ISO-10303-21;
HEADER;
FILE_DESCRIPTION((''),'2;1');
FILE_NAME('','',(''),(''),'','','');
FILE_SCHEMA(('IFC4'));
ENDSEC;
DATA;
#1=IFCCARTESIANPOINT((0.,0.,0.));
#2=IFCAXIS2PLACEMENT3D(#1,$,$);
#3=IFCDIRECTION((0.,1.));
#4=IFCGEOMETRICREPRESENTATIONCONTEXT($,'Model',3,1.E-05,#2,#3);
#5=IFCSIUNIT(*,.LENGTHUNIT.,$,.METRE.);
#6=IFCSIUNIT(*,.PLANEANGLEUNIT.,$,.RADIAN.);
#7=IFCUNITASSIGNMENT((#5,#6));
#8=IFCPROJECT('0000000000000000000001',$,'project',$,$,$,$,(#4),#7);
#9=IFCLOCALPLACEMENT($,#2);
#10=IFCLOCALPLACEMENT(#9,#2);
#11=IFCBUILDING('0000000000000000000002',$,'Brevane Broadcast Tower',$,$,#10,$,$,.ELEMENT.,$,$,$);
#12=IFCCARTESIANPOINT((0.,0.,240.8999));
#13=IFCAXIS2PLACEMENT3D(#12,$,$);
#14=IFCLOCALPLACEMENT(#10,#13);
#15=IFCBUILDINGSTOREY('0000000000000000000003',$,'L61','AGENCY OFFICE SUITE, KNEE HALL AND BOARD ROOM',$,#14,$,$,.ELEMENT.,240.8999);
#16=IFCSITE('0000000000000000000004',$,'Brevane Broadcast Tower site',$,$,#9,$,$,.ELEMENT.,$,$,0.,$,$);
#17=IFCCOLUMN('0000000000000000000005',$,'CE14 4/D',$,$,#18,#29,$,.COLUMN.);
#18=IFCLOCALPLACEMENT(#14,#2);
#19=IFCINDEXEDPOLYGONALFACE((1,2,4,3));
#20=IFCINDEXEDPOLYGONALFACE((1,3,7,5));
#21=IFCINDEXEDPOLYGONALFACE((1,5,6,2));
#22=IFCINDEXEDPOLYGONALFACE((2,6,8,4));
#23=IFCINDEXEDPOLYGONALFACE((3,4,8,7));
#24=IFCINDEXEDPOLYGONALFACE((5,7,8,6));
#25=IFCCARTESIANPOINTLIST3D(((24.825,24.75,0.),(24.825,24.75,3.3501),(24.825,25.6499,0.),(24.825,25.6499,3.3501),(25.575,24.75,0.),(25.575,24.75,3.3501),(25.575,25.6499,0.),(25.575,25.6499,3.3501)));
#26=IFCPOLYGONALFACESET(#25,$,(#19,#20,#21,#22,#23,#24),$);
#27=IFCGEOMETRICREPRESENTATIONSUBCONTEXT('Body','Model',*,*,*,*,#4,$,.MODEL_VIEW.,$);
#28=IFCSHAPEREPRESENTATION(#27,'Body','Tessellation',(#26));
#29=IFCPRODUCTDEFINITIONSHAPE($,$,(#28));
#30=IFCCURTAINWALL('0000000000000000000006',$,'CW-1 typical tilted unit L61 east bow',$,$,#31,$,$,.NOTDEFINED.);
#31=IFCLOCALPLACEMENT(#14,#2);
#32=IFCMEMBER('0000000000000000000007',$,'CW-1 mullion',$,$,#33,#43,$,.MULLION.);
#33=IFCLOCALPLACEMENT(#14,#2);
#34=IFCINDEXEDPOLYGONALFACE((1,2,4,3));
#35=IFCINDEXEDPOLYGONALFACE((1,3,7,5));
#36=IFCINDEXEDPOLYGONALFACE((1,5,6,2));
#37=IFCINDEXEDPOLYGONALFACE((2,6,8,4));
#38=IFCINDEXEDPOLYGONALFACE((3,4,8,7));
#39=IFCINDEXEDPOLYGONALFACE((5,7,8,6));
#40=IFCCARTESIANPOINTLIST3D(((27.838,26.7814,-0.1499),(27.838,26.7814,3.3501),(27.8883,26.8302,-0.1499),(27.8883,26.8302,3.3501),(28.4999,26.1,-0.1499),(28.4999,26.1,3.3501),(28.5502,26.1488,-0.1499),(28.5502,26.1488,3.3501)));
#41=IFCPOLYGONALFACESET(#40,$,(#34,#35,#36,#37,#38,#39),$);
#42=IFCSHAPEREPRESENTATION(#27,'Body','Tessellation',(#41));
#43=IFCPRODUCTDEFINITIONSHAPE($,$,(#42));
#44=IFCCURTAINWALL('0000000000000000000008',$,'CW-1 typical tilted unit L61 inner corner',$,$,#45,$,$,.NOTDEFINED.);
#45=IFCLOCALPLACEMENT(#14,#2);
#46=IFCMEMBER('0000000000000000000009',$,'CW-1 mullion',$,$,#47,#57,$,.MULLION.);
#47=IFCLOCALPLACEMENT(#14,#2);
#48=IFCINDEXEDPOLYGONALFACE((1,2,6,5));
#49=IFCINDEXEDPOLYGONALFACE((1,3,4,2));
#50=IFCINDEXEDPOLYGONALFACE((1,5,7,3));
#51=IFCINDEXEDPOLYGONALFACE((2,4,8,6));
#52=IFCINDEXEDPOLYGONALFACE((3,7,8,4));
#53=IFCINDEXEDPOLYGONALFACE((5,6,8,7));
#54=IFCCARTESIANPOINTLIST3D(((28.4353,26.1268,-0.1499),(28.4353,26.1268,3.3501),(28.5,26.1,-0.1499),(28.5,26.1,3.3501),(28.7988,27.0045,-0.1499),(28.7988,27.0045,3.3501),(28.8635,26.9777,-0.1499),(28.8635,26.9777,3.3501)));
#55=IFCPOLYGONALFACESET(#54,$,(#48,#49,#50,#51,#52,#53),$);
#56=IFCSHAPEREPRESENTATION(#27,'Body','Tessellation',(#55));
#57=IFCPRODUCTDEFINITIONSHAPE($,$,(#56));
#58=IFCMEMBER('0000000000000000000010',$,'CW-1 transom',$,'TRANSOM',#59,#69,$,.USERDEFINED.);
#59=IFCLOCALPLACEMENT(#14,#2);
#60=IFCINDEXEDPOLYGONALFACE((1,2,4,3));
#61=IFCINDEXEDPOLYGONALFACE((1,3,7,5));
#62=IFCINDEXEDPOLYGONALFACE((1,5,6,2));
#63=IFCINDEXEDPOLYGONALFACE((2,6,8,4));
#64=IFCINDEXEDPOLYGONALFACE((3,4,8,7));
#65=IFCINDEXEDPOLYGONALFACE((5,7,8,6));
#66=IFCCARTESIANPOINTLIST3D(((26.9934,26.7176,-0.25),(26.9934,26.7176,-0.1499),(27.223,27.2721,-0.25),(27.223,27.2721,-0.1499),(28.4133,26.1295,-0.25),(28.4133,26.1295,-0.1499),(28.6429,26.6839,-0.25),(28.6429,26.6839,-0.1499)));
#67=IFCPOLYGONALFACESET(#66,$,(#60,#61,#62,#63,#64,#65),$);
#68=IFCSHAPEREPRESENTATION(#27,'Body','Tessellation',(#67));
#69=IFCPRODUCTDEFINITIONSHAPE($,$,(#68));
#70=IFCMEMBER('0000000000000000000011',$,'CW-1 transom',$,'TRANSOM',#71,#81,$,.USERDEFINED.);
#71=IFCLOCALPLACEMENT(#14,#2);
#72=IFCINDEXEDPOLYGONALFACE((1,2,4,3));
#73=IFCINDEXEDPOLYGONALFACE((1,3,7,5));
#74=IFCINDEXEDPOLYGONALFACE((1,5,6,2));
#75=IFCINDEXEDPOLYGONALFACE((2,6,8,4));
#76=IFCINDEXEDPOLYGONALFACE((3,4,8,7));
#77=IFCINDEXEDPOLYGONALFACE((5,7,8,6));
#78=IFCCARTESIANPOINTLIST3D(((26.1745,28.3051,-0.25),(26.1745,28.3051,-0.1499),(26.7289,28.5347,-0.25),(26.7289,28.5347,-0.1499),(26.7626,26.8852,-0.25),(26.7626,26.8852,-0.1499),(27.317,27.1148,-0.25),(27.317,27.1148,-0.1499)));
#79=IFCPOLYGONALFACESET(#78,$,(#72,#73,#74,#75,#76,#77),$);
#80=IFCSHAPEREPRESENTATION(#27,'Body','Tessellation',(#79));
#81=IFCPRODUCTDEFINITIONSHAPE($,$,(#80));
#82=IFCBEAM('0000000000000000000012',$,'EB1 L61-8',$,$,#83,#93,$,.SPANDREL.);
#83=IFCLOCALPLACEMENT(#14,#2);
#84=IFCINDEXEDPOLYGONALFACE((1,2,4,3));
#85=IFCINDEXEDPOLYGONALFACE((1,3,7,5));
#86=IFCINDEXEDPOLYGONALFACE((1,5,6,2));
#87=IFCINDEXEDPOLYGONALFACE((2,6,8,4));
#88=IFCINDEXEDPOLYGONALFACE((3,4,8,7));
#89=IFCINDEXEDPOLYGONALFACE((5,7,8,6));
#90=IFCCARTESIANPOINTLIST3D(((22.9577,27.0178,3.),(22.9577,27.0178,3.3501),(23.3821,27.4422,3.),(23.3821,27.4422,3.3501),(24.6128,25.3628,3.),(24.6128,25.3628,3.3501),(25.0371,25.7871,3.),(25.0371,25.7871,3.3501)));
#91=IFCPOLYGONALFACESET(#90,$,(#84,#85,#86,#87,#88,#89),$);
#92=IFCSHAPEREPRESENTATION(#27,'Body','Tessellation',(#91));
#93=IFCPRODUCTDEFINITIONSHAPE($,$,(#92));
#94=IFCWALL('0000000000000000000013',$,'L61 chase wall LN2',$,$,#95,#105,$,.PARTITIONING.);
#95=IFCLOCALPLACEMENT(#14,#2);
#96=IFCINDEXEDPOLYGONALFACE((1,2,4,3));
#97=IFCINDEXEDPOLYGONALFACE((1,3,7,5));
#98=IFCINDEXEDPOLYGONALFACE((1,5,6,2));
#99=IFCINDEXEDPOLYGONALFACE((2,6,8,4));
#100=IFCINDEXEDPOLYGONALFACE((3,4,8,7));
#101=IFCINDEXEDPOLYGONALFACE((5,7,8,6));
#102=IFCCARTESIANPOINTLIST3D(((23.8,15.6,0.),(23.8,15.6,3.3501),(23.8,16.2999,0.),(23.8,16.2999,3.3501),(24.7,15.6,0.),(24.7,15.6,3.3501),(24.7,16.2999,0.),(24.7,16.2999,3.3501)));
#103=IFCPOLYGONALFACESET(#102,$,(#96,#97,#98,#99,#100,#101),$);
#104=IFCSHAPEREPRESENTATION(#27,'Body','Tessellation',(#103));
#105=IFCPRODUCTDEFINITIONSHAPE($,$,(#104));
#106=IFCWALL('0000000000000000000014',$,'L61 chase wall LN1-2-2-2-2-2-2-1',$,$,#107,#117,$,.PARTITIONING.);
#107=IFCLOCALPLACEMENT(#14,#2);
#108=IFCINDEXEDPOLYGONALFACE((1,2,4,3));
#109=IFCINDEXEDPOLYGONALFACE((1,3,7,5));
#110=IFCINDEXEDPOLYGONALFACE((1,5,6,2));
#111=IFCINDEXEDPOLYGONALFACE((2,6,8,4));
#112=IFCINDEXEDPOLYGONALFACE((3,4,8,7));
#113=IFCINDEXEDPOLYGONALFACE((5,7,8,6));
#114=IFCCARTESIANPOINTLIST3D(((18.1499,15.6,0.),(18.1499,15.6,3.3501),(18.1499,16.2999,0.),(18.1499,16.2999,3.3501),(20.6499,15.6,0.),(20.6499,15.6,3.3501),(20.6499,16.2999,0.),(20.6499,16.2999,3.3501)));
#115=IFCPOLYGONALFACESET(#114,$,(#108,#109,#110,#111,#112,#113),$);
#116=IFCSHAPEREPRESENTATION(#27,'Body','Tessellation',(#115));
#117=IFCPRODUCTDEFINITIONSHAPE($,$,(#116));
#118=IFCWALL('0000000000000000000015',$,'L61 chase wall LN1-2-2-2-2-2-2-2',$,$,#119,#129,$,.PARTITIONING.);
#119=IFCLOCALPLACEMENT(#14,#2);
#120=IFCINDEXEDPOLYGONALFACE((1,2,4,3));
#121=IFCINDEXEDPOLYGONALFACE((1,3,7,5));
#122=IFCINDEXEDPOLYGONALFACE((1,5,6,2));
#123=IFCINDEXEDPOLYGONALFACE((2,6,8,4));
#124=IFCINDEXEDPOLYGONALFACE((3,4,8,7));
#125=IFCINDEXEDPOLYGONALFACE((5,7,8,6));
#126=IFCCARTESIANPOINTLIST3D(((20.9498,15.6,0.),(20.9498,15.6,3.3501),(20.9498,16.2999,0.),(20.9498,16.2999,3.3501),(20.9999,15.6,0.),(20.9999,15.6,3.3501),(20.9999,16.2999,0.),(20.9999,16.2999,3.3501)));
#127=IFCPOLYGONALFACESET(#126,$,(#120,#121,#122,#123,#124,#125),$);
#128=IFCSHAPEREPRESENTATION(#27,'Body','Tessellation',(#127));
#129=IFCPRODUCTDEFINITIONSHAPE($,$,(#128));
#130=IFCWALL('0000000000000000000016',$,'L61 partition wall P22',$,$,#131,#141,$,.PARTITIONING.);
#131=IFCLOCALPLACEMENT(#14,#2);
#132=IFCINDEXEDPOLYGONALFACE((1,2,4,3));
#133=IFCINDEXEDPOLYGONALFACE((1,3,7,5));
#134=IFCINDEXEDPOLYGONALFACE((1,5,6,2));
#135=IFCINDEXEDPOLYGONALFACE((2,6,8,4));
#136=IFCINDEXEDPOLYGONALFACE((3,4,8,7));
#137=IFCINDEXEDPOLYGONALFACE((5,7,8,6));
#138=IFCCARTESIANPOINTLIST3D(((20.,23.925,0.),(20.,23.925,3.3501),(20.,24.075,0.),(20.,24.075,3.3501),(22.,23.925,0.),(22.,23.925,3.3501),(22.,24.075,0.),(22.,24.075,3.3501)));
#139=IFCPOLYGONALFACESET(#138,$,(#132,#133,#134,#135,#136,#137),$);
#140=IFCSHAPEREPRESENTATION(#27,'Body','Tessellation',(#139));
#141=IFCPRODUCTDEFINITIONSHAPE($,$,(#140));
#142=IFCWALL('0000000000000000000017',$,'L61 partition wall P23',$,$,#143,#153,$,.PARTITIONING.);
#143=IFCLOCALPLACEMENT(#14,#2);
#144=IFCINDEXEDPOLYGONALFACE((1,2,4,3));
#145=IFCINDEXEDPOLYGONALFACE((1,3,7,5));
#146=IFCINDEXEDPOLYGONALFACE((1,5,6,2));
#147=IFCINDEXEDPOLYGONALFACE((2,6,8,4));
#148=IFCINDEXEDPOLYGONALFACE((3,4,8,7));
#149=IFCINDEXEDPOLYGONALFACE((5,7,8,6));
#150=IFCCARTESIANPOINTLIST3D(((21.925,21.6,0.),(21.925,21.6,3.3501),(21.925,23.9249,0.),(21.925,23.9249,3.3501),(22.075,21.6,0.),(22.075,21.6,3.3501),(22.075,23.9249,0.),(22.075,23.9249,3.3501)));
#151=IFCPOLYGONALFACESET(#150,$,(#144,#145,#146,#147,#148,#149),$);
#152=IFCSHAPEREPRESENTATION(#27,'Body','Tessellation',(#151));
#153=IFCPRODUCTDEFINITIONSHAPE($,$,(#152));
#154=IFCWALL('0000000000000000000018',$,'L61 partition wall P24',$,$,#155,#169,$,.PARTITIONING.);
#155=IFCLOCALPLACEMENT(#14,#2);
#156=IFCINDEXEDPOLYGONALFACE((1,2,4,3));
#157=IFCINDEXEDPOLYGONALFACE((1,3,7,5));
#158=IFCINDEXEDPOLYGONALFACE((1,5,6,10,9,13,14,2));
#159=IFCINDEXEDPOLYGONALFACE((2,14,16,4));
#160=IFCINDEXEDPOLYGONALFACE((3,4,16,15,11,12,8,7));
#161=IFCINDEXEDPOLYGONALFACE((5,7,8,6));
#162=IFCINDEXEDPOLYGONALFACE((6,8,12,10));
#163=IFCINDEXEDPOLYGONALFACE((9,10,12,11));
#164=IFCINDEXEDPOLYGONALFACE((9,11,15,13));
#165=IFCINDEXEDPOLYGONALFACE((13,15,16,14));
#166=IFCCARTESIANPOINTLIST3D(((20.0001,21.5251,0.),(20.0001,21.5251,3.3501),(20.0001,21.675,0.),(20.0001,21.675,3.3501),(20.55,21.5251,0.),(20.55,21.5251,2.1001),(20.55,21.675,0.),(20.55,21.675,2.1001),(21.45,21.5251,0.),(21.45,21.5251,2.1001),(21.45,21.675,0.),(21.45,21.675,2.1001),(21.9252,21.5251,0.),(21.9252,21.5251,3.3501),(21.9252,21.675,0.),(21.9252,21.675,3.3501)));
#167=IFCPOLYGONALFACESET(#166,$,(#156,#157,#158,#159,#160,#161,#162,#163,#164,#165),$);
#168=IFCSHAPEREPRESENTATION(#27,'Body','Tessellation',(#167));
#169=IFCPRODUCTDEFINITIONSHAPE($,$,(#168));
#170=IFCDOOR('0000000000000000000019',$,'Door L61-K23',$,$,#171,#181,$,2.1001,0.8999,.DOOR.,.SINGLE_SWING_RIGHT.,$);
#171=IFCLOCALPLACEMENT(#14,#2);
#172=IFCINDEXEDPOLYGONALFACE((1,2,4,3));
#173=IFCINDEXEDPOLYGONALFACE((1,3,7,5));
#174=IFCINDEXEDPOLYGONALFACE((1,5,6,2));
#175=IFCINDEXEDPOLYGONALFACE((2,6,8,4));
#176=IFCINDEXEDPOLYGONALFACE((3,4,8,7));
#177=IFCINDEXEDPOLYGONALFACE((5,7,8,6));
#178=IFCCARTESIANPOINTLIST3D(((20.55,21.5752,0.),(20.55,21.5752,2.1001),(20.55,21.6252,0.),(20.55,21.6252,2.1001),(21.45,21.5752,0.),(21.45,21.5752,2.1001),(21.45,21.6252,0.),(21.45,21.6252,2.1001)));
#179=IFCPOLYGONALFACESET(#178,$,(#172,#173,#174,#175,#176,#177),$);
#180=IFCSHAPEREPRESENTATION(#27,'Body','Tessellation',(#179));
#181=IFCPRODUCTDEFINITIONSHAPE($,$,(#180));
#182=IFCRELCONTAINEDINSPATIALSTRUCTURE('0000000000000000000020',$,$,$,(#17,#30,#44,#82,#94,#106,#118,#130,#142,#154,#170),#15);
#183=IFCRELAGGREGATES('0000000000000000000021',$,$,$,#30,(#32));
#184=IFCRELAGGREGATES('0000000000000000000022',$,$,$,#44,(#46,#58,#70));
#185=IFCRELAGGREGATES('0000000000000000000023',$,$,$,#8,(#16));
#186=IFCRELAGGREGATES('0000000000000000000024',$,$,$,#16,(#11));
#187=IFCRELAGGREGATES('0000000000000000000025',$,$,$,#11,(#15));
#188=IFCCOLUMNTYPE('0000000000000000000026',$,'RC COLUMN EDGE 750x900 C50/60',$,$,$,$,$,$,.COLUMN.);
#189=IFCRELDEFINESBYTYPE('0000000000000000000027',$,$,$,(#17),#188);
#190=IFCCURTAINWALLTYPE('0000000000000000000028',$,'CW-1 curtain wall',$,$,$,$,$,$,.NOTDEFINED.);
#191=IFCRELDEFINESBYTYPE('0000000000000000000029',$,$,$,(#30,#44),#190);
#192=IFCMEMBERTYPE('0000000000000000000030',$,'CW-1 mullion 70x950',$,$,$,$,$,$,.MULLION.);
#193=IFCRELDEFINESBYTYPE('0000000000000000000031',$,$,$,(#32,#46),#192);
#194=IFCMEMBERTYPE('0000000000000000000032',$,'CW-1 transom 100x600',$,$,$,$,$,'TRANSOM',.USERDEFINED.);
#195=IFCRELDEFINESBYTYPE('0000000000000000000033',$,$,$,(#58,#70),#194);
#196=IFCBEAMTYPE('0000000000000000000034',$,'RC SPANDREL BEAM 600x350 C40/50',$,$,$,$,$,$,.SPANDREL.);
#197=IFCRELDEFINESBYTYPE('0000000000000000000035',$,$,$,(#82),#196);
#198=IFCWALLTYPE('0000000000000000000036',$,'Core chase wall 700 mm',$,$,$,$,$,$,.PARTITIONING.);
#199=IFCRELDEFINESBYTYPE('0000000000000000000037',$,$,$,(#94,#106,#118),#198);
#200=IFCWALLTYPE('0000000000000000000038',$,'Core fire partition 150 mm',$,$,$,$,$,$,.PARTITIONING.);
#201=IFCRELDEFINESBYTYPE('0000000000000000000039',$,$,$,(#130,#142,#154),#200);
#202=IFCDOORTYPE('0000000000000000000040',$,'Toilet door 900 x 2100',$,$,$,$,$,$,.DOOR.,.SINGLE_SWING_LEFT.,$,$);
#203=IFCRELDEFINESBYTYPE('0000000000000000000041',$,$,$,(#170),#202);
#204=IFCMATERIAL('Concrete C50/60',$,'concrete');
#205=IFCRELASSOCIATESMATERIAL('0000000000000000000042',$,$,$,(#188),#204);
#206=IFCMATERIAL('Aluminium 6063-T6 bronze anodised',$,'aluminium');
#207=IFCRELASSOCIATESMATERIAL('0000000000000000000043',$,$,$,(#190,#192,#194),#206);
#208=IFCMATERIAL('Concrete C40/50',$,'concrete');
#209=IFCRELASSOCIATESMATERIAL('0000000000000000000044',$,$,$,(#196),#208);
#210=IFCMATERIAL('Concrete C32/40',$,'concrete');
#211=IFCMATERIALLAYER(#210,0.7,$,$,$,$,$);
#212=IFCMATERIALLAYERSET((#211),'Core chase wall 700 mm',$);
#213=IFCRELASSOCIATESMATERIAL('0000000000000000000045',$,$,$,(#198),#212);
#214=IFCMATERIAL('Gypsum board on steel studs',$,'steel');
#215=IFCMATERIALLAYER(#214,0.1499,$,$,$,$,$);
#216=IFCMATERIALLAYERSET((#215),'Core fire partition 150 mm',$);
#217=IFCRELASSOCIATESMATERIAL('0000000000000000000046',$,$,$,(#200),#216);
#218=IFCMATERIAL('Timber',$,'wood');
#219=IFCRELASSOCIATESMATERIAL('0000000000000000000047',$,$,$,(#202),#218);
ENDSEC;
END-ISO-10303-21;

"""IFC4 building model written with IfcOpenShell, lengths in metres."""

from ifc_helpers import new_model, si_unit, direction, frame, frame_2d, origin, origin_2d, place, context, subcontext, project, spatial, rectangle, extrude, material, layer, layer_set, material_profile, profile_set, type_object, element, fill, aggregate, save


model = new_model("IFC4")

# Units and contexts
model_context = context("Model", 3, precision=1e-05, world=origin(), true_north=direction((0.0, 1.0)))
body_context = subcontext(model_context, "Body", "Model", "MODEL_VIEW")
ifc_project = project(units=[si_unit("LENGTHUNIT", "METRE"), si_unit("PLANEANGLEUNIT", "RADIAN")], contexts=[model_context])

# Site, building, storey
site_placement = place(None, origin())
site = spatial("IfcSite", under=ifc_project, at=site_placement, Name="Brevane Broadcast Tower site", CompositionType="ELEMENT", RefElevation=0.0)
building_placement = place(site_placement, origin())
building = spatial("IfcBuilding", under=site, at=building_placement, Name="Brevane Broadcast Tower", CompositionType="ELEMENT")
storey_placement = place(building_placement, frame((0.0, 0.0, 240.8999)))
storey = spatial("IfcBuildingStorey", under=building, at=storey_placement, Name="L61", Description="AGENCY OFFICE SUITE, KNEE HALL AND BOARD ROOM", CompositionType="ELEMENT", Elevation=240.8999)

# Column
ifc_material_1 = material(Name="Concrete C50/60", Category="concrete")
ifc_material_profile_1 = material_profile(ifc_material_1, rectangle(XDim=0.75, YDim=0.8999, at=origin_2d()), Name="RC 750x900")
ifc_profile_set_1 = profile_set([ifc_material_profile_1], Name="Concrete C50/60")
column_type = type_object("IfcColumnType", Name="RC COLUMN EDGE 750x900 C50/60", PredefinedType="COLUMN", material=ifc_profile_set_1)
column_placement = place(storey_placement, frame((25.2, 25.2, 0.0), z_axis=(0.0, 0.0, 1.0), x_axis=(1.0, 0.0, 0.0)))
element("IfcColumn", 1, at=column_placement, inside=storey, type_object=column_type, Name="CE14 4/D", PredefinedType="COLUMN", context=body_context, shape_type="SweptSolid", body=[
    extrude(rectangle(XDim=0.75, YDim=0.8999, at=origin_2d()), origin(), (0.0, 0.0, 1.0), 3.3501),
])

# Curtain wall, member
ifc_material_2 = material(Name="Aluminium 6063-T6 bronze anodised", Category="aluminium")
curtain_wall_type = type_object("IfcCurtainWallType", Name="CW-1 curtain wall", PredefinedType="NOTDEFINED", material=ifc_material_2)
curtain_wall_1_placement = place(storey_placement, origin())
curtain_wall_1 = element("IfcCurtainWall", 2, at=curtain_wall_1_placement, inside=storey, type_object=curtain_wall_type, Name="CW-1 typical tilted unit L61 east bow", PredefinedType="NOTDEFINED")
ifc_material_profile_2 = material_profile(ifc_material_2, rectangle(XDim=0.95, YDim=0.0701, at=origin_2d()), Name="RECT 70x950")
ifc_profile_set_2 = profile_set([ifc_material_profile_2], Name="Aluminium 6063-T6 bronze anodised")
member_type_1 = type_object("IfcMemberType", Name="CW-1 mullion 70x950", PredefinedType="MULLION", material=ifc_profile_set_2)
member_1_placement = place(storey_placement, frame((28.1941, 26.4651, -0.1499), z_axis=(0.0, 0.0, 1.0), x_axis=(0.696812, -0.717254, 0.0)))
member_1 = element("IfcMember", 3, at=member_1_placement, type_object=member_type_1, Name="CW-1 mullion", PredefinedType="MULLION", context=body_context, shape_type="SweptSolid", body=[
    extrude(rectangle(XDim=0.95, YDim=0.0701, at=origin_2d()), origin(), (0.0, 0.0, 1.0), 3.5),
])
aggregate(curtain_wall_1, [member_1])

# Curtain wall, members
curtain_wall_2_placement = place(storey_placement, origin())
curtain_wall_2 = element("IfcCurtainWall", 4, at=curtain_wall_2_placement, inside=storey, type_object=curtain_wall_type, Name="CW-1 typical tilted unit L61 inner corner", PredefinedType="NOTDEFINED")
member_2_placement = place(storey_placement, frame((28.6494, 26.5522, -0.1499), z_axis=(0.0, 0.0, 1.0), x_axis=(-0.382683, -0.92388, 0.0)))
member_2 = element("IfcMember", 5, at=member_2_placement, type_object=member_type_1, Name="CW-1 mullion", PredefinedType="MULLION", context=body_context, shape_type="SweptSolid", body=[
    extrude(rectangle(XDim=0.95, YDim=0.0701, at=origin_2d()), origin(), (0.0, 0.0, 1.0), 3.5),
])
ifc_material_profile_3 = material_profile(ifc_material_2, rectangle(XDim=0.6001, YDim=0.1001, at=origin_2d()), Name="RECT 100x600")
ifc_profile_set_3 = profile_set([ifc_material_profile_3], Name="Aluminium 6063-T6 bronze anodised")
member_type_2 = type_object("IfcMemberType", Name="CW-1 transom 100x600", ElementType="TRANSOM", PredefinedType="USERDEFINED", material=ifc_profile_set_3)
member_3_placement = place(storey_placement, frame((28.5281, 26.4067, -0.2), z_axis=(-0.923883, 0.382674, 0.0), x_axis=(-0.382674, -0.923883, 0.0)))
member_3 = element("IfcMember", 6, at=member_3_placement, type_object=member_type_2, Name="CW-1 transom", ObjectType="TRANSOM", PredefinedType="USERDEFINED", context=body_context, shape_type="SweptSolid", body=[
    extrude(rectangle(XDim=0.6001, YDim=0.1001, at=origin_2d()), origin(), (0.0, 0.0, 1.0), 1.5369),
])
member_4_placement = place(storey_placement, frame((27.0398, 27.0, -0.2), z_axis=(-0.382674, 0.923883, 0.0), x_axis=(-0.923883, -0.382674, 0.0)))
member_4 = element("IfcMember", 7, at=member_4_placement, type_object=member_type_2, Name="CW-1 transom", ObjectType="TRANSOM", PredefinedType="USERDEFINED", context=body_context, shape_type="SweptSolid", body=[
    extrude(rectangle(XDim=0.6001, YDim=0.1001, at=origin_2d()), origin(), (0.0, 0.0, 1.0), 1.5369),
])
aggregate(curtain_wall_2, [member_2, member_3, member_4])

# Beam
ifc_material_3 = material(Name="Concrete C40/50", Category="concrete")
ifc_material_profile_4 = material_profile(ifc_material_3, rectangle(XDim=0.6001, YDim=0.3501, at=origin_2d()), Name="RC 600x350")
ifc_profile_set_4 = profile_set([ifc_material_profile_4], Name="Concrete C40/50")
beam_type = type_object("IfcBeamType", Name="RC SPANDREL BEAM 600x350 C40/50", PredefinedType="SPANDREL", material=ifc_profile_set_4)
beam_placement = place(storey_placement, frame((24.825, 25.575, 3.175), z_axis=(-0.707107, 0.707107, 0.0), x_axis=(-0.707107, -0.707107, 0.0)))
element("IfcBeam", 8, at=beam_placement, inside=storey, type_object=beam_type, Name="EB1 L61-8", PredefinedType="SPANDREL", context=body_context, shape_type="SweptSolid", body=[
    extrude(rectangle(XDim=0.6001, YDim=0.3501, at=origin_2d()), origin(), (0.0, 0.0, 1.0), 2.3406),
])

# Walls
ifc_material_4 = material(Name="Concrete C32/40", Category="concrete")
ifc_layer_1 = layer(ifc_material_4, 0.7)
ifc_layer_set_1 = layer_set([ifc_layer_1], Name="Core chase wall 700 mm")
wall_type_1 = type_object("IfcWallType", Name="Core chase wall 700 mm", PredefinedType="PARTITIONING", material=ifc_layer_set_1)
wall_1_placement = place(storey_placement, frame((23.8, 15.95, 0.0), z_axis=(0.0, 0.0, 1.0), x_axis=(1.0, 0.0, 0.0)))
element("IfcWall", 9, at=wall_1_placement, inside=storey, type_object=wall_type_1, Name="L61 chase wall LN2", PredefinedType="PARTITIONING", context=body_context, shape_type="SweptSolid", body=[
    extrude(rectangle(XDim=0.8999, YDim=0.7, at=frame_2d((0.45, 0.0))), origin(), (0.0, 0.0, 1.0), 3.3501),
])
wall_2_placement = place(storey_placement, frame((18.1499, 15.95, 0.0), z_axis=(0.0, 0.0, 1.0), x_axis=(1.0, 0.0, 0.0)))
element("IfcWall", 10, at=wall_2_placement, inside=storey, type_object=wall_type_1, Name="L61 chase wall LN1-2-2-2-2-2-2-1", PredefinedType="PARTITIONING", context=body_context, shape_type="SweptSolid", body=[
    extrude(rectangle(XDim=2.5, YDim=0.7, at=frame_2d((1.25, 0.0))), origin(), (0.0, 0.0, 1.0), 3.3501),
])
wall_3_placement = place(storey_placement, frame((20.95, 15.95, 0.0), z_axis=(0.0, 0.0, 1.0), x_axis=(1.0, 0.0, 0.0)))
element("IfcWall", 11, at=wall_3_placement, inside=storey, type_object=wall_type_1, Name="L61 chase wall LN1-2-2-2-2-2-2-2", PredefinedType="PARTITIONING", context=body_context, shape_type="SweptSolid", body=[
    extrude(rectangle(XDim=0.05, YDim=0.7, at=frame_2d((0.0249, 0.0))), origin(), (0.0, 0.0, 1.0), 3.3501),
])
ifc_material_5 = material(Name="Gypsum board on steel studs", Category="steel")
ifc_layer_2 = layer(ifc_material_5, 0.1499)
ifc_layer_set_2 = layer_set([ifc_layer_2], Name="Core fire partition 150 mm")
wall_type_2 = type_object("IfcWallType", Name="Core fire partition 150 mm", PredefinedType="PARTITIONING", material=ifc_layer_set_2)
wall_4_placement = place(storey_placement, frame((20.0, 24.0, 0.0), z_axis=(0.0, 0.0, 1.0), x_axis=(1.0, 0.0, 0.0)))
element("IfcWall", 12, at=wall_4_placement, inside=storey, type_object=wall_type_2, Name="L61 partition wall P22", PredefinedType="PARTITIONING", context=body_context, shape_type="SweptSolid", body=[
    extrude(rectangle(XDim=2.0, YDim=0.1499, at=frame_2d((1.0, 0.0))), origin(), (0.0, 0.0, 1.0), 3.3501),
])
wall_5_placement = place(storey_placement, frame((22.0, 23.925, 0.0), z_axis=(0.0, 0.0, 1.0), x_axis=(0.0, -1.0, 0.0)))
element("IfcWall", 13, at=wall_5_placement, inside=storey, type_object=wall_type_2, Name="L61 partition wall P23", PredefinedType="PARTITIONING", context=body_context, shape_type="SweptSolid", body=[
    extrude(rectangle(XDim=2.325, YDim=0.1499, at=frame_2d((1.1626, 0.0))), origin(), (0.0, 0.0, 1.0), 3.3501),
])

# Wall, opening, door
wall_6_placement = place(storey_placement, frame((21.925, 21.6001, 0.0), z_axis=(0.0, 0.0, 1.0), x_axis=(-1.0, 0.0, 0.0)))
wall_6 = element("IfcWall", 14, at=wall_6_placement, inside=storey, type_object=wall_type_2, Name="L61 partition wall P24", PredefinedType="PARTITIONING", context=body_context, shape_type="SweptSolid", body=[
    extrude(rectangle(XDim=1.925, YDim=0.1499, at=frame_2d((0.9624, 0.0))), origin(), (0.0, 0.0, 1.0), 3.3501),
])
opening_1_placement = place(wall_6_placement, frame((0.4751, 0.0, 0.0)))
opening_1 = element("IfcOpeningElement", 15, at=opening_1_placement, cuts=wall_6, PredefinedType="OPENING", context=body_context, shape_type="SweptSolid", body=[
    extrude(rectangle(XDim=0.8999, YDim=2.1001, at=frame_2d((0.45, 1.05))), frame((0.0, 0.085, 0.0), z_axis=(0.0, -1.0, 0.0), x_axis=(1.0, 0.0, 0.0)), (0.0, 0.0, 1.0), 0.1699),
])
ifc_material_6 = material(Name="Timber", Category="wood")
door_type_1 = type_object("IfcDoorType", Name="Toilet door 900 x 2100", OperationType="SINGLE_SWING_LEFT", PredefinedType="DOOR", material=ifc_material_6)
door_1_placement = place(opening_1_placement, origin())
door_1 = element("IfcDoor", 16, at=door_1_placement, inside=storey, type_object=door_type_1, Name="Door L61-K23", OperationType="SINGLE_SWING_RIGHT", OverallHeight=2.1001, OverallWidth=0.8999, PredefinedType="DOOR", context=body_context, shape_type="SweptSolid", body=[
    extrude(rectangle(XDim=0.8999, YDim=2.1001, at=frame_2d((0.45, 1.05))), frame((0.0, 0.0249, 0.0), z_axis=(0.0, -1.0, 0.0), x_axis=(1.0, 0.0, 0.0)), (0.0, 0.0, 1.0), 0.05),
])
fill(opening_1, door_1)

save(model, "model.ifc")
